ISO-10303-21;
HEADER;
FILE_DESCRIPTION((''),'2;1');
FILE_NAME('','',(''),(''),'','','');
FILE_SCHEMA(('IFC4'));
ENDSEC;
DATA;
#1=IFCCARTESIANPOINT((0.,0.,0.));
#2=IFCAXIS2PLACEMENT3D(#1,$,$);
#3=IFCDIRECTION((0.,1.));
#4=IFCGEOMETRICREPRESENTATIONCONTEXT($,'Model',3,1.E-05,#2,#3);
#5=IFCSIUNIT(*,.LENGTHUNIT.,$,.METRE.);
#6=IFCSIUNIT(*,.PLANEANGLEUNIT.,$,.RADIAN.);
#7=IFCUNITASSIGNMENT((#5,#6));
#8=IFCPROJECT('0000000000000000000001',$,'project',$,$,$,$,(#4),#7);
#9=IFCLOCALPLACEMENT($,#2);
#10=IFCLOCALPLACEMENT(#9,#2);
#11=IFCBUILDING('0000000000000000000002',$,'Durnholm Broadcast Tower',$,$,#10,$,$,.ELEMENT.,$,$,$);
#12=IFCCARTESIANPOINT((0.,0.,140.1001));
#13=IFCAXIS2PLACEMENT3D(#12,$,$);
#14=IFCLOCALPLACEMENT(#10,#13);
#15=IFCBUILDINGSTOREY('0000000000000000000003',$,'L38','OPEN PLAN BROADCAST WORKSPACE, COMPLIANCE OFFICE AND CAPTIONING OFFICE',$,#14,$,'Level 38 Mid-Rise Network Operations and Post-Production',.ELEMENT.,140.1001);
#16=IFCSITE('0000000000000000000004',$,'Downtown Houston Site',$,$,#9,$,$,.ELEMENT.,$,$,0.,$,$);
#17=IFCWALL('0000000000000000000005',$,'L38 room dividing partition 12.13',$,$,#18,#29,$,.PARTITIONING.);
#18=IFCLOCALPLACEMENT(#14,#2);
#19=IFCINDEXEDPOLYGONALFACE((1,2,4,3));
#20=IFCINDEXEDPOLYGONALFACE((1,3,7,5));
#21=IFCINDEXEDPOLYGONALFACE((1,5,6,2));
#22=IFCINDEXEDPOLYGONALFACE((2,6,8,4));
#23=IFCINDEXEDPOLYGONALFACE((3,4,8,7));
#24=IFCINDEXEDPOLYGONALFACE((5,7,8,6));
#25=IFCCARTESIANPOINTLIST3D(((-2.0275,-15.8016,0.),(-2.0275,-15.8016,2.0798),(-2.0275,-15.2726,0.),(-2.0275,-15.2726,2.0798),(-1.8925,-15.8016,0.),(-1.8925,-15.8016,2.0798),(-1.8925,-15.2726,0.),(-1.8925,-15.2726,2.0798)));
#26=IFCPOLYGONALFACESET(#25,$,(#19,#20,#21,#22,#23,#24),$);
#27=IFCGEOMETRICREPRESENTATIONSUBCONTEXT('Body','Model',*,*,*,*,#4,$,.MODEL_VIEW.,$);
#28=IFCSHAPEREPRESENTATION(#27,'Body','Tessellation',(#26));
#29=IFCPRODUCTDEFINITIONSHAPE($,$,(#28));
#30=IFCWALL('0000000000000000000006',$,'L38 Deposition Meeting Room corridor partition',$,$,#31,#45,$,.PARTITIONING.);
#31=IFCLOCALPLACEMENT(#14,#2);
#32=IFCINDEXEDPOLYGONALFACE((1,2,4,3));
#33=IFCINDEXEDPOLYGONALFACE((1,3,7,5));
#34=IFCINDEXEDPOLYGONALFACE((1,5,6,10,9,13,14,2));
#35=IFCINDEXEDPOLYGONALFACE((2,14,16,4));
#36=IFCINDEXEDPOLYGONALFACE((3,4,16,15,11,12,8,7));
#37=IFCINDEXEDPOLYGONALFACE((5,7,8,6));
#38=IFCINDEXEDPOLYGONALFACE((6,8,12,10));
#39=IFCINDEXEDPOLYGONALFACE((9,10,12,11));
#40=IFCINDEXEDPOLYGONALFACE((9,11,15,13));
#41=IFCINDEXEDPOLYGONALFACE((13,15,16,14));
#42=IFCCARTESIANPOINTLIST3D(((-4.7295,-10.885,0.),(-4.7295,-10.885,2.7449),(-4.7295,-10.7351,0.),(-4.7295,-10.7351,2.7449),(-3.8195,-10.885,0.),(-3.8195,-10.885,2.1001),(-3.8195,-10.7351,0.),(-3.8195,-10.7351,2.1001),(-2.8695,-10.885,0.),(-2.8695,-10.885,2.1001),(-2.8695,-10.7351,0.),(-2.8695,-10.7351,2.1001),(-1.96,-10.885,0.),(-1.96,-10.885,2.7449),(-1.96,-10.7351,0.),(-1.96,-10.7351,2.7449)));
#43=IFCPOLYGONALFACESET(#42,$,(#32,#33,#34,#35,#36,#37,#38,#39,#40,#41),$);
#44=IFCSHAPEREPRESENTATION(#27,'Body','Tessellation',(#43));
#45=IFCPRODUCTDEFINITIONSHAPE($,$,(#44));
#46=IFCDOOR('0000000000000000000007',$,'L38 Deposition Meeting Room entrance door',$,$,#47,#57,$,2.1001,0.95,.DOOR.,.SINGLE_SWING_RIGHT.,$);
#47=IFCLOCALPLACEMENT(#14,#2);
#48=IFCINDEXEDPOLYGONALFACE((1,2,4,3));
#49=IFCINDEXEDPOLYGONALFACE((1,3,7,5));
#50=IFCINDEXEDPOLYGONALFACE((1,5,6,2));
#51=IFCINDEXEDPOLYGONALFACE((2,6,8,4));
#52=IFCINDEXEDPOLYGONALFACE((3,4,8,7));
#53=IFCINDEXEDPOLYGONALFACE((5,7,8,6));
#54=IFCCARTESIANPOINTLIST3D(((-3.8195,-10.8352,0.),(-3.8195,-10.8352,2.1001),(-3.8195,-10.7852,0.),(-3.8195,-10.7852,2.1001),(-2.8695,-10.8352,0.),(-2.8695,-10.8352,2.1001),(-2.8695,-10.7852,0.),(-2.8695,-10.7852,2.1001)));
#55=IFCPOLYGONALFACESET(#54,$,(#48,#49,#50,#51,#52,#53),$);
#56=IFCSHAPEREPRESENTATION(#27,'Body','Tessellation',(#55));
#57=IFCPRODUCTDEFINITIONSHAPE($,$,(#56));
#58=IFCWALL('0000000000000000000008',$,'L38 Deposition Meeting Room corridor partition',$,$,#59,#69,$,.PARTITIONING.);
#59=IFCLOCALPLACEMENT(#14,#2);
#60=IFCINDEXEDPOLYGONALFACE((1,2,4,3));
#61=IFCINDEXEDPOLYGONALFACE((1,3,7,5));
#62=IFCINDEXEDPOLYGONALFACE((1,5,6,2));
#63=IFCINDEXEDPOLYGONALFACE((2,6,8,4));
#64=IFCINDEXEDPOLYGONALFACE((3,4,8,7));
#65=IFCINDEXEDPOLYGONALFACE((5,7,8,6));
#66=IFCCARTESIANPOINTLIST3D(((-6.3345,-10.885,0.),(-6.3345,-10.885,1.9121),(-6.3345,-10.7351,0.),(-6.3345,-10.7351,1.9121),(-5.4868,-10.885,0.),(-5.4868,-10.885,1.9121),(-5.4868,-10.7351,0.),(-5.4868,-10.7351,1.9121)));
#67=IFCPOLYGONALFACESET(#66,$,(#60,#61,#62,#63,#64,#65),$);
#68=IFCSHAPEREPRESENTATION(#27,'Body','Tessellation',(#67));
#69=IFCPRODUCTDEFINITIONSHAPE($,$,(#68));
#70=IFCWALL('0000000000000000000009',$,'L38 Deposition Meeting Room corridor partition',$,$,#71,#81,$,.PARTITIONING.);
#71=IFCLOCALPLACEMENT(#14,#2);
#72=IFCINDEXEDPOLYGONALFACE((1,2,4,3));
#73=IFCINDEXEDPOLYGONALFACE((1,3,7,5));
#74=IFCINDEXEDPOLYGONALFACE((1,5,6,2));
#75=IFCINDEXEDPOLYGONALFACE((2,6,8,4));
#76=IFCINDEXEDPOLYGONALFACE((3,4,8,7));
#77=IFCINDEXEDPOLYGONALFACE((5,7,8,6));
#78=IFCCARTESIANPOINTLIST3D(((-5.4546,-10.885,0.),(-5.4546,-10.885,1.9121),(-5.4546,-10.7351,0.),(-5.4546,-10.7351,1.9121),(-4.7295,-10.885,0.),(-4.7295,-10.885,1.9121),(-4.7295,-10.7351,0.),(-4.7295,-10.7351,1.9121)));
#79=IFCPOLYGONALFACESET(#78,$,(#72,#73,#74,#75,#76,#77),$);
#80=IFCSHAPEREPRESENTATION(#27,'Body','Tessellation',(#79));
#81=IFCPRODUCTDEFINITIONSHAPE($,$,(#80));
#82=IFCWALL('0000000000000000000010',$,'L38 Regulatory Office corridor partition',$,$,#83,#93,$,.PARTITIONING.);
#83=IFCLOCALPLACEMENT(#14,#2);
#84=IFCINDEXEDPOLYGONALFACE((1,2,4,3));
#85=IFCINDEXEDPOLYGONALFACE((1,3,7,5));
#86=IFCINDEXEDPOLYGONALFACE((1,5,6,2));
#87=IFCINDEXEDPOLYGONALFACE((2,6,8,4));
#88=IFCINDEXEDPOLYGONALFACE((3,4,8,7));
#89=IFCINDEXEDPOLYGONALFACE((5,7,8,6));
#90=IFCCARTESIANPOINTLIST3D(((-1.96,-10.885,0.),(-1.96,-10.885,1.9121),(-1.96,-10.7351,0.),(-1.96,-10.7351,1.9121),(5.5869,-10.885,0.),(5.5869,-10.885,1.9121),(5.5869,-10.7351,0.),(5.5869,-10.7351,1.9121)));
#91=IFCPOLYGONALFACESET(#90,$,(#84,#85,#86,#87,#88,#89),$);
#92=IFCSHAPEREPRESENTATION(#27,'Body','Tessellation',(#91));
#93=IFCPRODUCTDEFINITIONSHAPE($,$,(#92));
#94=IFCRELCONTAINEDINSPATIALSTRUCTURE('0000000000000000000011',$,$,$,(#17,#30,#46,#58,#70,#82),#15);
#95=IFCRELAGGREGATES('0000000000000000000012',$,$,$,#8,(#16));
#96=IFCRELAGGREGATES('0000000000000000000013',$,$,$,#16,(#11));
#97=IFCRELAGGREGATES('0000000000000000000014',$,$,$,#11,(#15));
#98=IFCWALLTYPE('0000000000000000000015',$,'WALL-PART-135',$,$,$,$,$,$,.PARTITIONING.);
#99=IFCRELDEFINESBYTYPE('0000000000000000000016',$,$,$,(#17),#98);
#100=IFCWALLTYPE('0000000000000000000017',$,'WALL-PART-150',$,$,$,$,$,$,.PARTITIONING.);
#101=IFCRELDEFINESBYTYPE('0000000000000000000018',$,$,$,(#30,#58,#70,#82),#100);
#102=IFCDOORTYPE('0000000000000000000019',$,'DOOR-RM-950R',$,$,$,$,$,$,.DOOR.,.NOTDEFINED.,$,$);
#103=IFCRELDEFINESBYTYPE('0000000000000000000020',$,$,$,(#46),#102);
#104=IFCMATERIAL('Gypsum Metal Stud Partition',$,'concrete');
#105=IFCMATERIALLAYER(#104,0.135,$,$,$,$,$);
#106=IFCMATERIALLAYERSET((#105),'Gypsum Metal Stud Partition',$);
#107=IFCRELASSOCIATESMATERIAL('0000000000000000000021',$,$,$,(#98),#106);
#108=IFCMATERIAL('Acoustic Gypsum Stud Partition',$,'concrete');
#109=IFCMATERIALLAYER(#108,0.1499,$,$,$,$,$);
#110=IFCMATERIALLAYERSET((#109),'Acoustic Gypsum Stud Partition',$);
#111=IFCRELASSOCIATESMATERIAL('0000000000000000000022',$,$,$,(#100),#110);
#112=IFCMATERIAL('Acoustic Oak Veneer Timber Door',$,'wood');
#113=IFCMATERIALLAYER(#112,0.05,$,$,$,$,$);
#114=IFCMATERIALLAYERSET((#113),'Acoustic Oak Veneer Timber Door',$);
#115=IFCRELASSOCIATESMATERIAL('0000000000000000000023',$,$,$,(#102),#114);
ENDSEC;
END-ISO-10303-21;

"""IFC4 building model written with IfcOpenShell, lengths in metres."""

from ifc_helpers import new_model, si_unit, direction, frame, frame_2d, origin, place, context, subcontext, project, spatial, rectangle, extrude, source, transform, mapped, material, layer, layer_set, type_object, type_shapes, element, fill, save


model = new_model("IFC4")

# Units and contexts
model_context = context("Model", 3, precision=1e-05, world=origin(), true_north=direction((0.0, 1.0)))
body_context = subcontext(model_context, "Body", "Model", "MODEL_VIEW")
ifc_project = project(units=[si_unit("LENGTHUNIT", "METRE"), si_unit("PLANEANGLEUNIT", "RADIAN")], contexts=[model_context])

# Site, building, storey
site_placement = place(None, origin())
site = spatial("IfcSite", under=ifc_project, at=site_placement, Name="Downtown Houston Site", CompositionType="ELEMENT", RefElevation=0.0)
building_placement = place(site_placement, origin())
building = spatial("IfcBuilding", under=site, at=building_placement, Name="Durnholm Broadcast Tower", CompositionType="ELEMENT")
storey_placement = place(building_placement, frame((0.0, 0.0, 140.1001)))
storey = spatial("IfcBuildingStorey", under=building, at=storey_placement, Name="L38", Description="OPEN PLAN BROADCAST WORKSPACE, COMPLIANCE OFFICE AND CAPTIONING OFFICE", LongName="Level 38 Mid-Rise Network Operations and Post-Production", CompositionType="ELEMENT", Elevation=140.1001)

# Shared definitions
ifc_material_1 = material(Name="Gypsum Metal Stud Partition", Category="concrete")
ifc_layer_1 = layer(ifc_material_1, 0.135)
ifc_layer_set_1 = layer_set([ifc_layer_1], Name="Gypsum Metal Stud Partition")
wall_type_1 = type_object("IfcWallType", Name="WALL-PART-135", PredefinedType="PARTITIONING", material=ifc_layer_set_1)

# Wall
wall_1_placement = place(storey_placement, frame((-1.96, -15.2725, 0.0), z_axis=(0.0, 0.0, 1.0), x_axis=(0.0, -1.0, 0.0)))
element("IfcWall", 1, at=wall_1_placement, inside=storey, type_object=wall_type_1, Name="L38 room dividing partition 12.13", PredefinedType="PARTITIONING", context=body_context, shape_type="SweptSolid", body=[
    extrude(rectangle(XDim=0.5291, YDim=0.135, at=frame_2d((0.2646, 0.0))), origin(), (0.0, 0.0, 1.0), 2.0798),
])

# Wall, opening, door
ifc_material_2 = material(Name="Acoustic Gypsum Stud Partition", Category="concrete")
ifc_layer_2 = layer(ifc_material_2, 0.1499)
ifc_layer_set_2 = layer_set([ifc_layer_2], Name="Acoustic Gypsum Stud Partition")
wall_type_2 = type_object("IfcWallType", Name="WALL-PART-150", PredefinedType="PARTITIONING", material=ifc_layer_set_2)
wall_2_placement = place(storey_placement, frame((-4.7295, -10.8101, 0.0), z_axis=(0.0, 0.0, 1.0), x_axis=(1.0, 0.0, 0.0)))
wall_2 = element("IfcWall", 2, at=wall_2_placement, inside=storey, type_object=wall_type_2, Name="L38 Deposition Meeting Room corridor partition", PredefinedType="PARTITIONING", context=body_context, shape_type="SweptSolid", body=[
    extrude(rectangle(XDim=2.7695, YDim=0.1499, at=frame_2d((1.3848, 0.0))), origin(), (0.0, 0.0, 1.0), 2.7449),
])
opening_1_placement = place(wall_2_placement, frame((0.9099, 0.0, 0.0)))
opening_1 = element("IfcOpeningElement", 3, at=opening_1_placement, cuts=wall_2, PredefinedType="OPENING", context=body_context, shape_type="SweptSolid", body=[
    extrude(rectangle(XDim=0.95, YDim=2.1001, at=frame_2d((0.4751, 1.05))), frame((0.0, 0.085, 0.0), z_axis=(0.0, -1.0, 0.0), x_axis=(1.0, 0.0, 0.0)), (0.0, 0.0, 1.0), 0.1699),
])
ifc_material_3 = material(Name="Acoustic Oak Veneer Timber Door", Category="wood")
ifc_layer_3 = layer(ifc_material_3, 0.05)
ifc_layer_set_3 = layer_set([ifc_layer_3], Name="Acoustic Oak Veneer Timber Door")
door_type_1 = type_object("IfcDoorType", Name="DOOR-RM-950R", OperationType="NOTDEFINED", PredefinedType="DOOR", material=ifc_layer_set_3)
shared_shape_1 = source(origin(), body_context, "Body", "SweptSolid", [
    extrude(rectangle(XDim=0.95, YDim=2.1001, at=frame_2d((0.4751, 1.05))), frame((0.0, 0.0249, 0.0), z_axis=(0.0, -1.0, 0.0), x_axis=(1.0, 0.0, 0.0)), (0.0, 0.0, 1.0), 0.05),
])
type_shapes(door_type_1, [shared_shape_1])
door_1_placement = place(opening_1_placement, origin())
door_1 = element("IfcDoor", 4, at=door_1_placement, inside=storey, type_object=door_type_1, Name="L38 Deposition Meeting Room entrance door", OperationType="SINGLE_SWING_RIGHT", OverallHeight=2.1001, OverallWidth=0.95, PredefinedType="DOOR", context=body_context, shape_type="MappedRepresentation", body=[
    mapped(shared_shape_1, transform((0.0, 0.0, 0.0), x_axis=(1.0, 0.0, 0.0), y_axis=(0.0, 1.0, 0.0), z_axis=(0.0, 0.0, 1.0), scale=1.0)),
])
fill(opening_1, door_1)

# Walls
wall_3_placement = place(storey_placement, frame((-6.3345, -10.8101, 0.0), z_axis=(0.0, 0.0, 1.0), x_axis=(1.0, 0.0, 0.0)))
element("IfcWall", 5, at=wall_3_placement, inside=storey, type_object=wall_type_2, Name="L38 Deposition Meeting Room corridor partition", PredefinedType="PARTITIONING", context=body_context, shape_type="SweptSolid", body=[
    extrude(rectangle(XDim=0.8477, YDim=0.1499, at=frame_2d((0.4238, 0.0))), origin(), (0.0, 0.0, 1.0), 1.9121),
])
wall_4_placement = place(storey_placement, frame((-5.4546, -10.8101, 0.0), z_axis=(0.0, 0.0, 1.0), x_axis=(1.0, 0.0, 0.0)))
element("IfcWall", 6, at=wall_4_placement, inside=storey, type_object=wall_type_2, Name="L38 Deposition Meeting Room corridor partition", PredefinedType="PARTITIONING", context=body_context, shape_type="SweptSolid", body=[
    extrude(rectangle(XDim=0.7251, YDim=0.1499, at=frame_2d((0.3625, 0.0))), origin(), (0.0, 0.0, 1.0), 1.9121),
])
wall_5_placement = place(storey_placement, frame((-1.96, -10.8101, 0.0), z_axis=(0.0, 0.0, 1.0), x_axis=(1.0, 0.0, 0.0)))
element("IfcWall", 7, at=wall_5_placement, inside=storey, type_object=wall_type_2, Name="L38 Regulatory Office corridor partition", PredefinedType="PARTITIONING", context=body_context, shape_type="SweptSolid", body=[
    extrude(rectangle(XDim=7.5469, YDim=0.1499, at=frame_2d((3.7734, 0.0))), origin(), (0.0, 0.0, 1.0), 1.9121),
])

save(model, "model.ifc")
